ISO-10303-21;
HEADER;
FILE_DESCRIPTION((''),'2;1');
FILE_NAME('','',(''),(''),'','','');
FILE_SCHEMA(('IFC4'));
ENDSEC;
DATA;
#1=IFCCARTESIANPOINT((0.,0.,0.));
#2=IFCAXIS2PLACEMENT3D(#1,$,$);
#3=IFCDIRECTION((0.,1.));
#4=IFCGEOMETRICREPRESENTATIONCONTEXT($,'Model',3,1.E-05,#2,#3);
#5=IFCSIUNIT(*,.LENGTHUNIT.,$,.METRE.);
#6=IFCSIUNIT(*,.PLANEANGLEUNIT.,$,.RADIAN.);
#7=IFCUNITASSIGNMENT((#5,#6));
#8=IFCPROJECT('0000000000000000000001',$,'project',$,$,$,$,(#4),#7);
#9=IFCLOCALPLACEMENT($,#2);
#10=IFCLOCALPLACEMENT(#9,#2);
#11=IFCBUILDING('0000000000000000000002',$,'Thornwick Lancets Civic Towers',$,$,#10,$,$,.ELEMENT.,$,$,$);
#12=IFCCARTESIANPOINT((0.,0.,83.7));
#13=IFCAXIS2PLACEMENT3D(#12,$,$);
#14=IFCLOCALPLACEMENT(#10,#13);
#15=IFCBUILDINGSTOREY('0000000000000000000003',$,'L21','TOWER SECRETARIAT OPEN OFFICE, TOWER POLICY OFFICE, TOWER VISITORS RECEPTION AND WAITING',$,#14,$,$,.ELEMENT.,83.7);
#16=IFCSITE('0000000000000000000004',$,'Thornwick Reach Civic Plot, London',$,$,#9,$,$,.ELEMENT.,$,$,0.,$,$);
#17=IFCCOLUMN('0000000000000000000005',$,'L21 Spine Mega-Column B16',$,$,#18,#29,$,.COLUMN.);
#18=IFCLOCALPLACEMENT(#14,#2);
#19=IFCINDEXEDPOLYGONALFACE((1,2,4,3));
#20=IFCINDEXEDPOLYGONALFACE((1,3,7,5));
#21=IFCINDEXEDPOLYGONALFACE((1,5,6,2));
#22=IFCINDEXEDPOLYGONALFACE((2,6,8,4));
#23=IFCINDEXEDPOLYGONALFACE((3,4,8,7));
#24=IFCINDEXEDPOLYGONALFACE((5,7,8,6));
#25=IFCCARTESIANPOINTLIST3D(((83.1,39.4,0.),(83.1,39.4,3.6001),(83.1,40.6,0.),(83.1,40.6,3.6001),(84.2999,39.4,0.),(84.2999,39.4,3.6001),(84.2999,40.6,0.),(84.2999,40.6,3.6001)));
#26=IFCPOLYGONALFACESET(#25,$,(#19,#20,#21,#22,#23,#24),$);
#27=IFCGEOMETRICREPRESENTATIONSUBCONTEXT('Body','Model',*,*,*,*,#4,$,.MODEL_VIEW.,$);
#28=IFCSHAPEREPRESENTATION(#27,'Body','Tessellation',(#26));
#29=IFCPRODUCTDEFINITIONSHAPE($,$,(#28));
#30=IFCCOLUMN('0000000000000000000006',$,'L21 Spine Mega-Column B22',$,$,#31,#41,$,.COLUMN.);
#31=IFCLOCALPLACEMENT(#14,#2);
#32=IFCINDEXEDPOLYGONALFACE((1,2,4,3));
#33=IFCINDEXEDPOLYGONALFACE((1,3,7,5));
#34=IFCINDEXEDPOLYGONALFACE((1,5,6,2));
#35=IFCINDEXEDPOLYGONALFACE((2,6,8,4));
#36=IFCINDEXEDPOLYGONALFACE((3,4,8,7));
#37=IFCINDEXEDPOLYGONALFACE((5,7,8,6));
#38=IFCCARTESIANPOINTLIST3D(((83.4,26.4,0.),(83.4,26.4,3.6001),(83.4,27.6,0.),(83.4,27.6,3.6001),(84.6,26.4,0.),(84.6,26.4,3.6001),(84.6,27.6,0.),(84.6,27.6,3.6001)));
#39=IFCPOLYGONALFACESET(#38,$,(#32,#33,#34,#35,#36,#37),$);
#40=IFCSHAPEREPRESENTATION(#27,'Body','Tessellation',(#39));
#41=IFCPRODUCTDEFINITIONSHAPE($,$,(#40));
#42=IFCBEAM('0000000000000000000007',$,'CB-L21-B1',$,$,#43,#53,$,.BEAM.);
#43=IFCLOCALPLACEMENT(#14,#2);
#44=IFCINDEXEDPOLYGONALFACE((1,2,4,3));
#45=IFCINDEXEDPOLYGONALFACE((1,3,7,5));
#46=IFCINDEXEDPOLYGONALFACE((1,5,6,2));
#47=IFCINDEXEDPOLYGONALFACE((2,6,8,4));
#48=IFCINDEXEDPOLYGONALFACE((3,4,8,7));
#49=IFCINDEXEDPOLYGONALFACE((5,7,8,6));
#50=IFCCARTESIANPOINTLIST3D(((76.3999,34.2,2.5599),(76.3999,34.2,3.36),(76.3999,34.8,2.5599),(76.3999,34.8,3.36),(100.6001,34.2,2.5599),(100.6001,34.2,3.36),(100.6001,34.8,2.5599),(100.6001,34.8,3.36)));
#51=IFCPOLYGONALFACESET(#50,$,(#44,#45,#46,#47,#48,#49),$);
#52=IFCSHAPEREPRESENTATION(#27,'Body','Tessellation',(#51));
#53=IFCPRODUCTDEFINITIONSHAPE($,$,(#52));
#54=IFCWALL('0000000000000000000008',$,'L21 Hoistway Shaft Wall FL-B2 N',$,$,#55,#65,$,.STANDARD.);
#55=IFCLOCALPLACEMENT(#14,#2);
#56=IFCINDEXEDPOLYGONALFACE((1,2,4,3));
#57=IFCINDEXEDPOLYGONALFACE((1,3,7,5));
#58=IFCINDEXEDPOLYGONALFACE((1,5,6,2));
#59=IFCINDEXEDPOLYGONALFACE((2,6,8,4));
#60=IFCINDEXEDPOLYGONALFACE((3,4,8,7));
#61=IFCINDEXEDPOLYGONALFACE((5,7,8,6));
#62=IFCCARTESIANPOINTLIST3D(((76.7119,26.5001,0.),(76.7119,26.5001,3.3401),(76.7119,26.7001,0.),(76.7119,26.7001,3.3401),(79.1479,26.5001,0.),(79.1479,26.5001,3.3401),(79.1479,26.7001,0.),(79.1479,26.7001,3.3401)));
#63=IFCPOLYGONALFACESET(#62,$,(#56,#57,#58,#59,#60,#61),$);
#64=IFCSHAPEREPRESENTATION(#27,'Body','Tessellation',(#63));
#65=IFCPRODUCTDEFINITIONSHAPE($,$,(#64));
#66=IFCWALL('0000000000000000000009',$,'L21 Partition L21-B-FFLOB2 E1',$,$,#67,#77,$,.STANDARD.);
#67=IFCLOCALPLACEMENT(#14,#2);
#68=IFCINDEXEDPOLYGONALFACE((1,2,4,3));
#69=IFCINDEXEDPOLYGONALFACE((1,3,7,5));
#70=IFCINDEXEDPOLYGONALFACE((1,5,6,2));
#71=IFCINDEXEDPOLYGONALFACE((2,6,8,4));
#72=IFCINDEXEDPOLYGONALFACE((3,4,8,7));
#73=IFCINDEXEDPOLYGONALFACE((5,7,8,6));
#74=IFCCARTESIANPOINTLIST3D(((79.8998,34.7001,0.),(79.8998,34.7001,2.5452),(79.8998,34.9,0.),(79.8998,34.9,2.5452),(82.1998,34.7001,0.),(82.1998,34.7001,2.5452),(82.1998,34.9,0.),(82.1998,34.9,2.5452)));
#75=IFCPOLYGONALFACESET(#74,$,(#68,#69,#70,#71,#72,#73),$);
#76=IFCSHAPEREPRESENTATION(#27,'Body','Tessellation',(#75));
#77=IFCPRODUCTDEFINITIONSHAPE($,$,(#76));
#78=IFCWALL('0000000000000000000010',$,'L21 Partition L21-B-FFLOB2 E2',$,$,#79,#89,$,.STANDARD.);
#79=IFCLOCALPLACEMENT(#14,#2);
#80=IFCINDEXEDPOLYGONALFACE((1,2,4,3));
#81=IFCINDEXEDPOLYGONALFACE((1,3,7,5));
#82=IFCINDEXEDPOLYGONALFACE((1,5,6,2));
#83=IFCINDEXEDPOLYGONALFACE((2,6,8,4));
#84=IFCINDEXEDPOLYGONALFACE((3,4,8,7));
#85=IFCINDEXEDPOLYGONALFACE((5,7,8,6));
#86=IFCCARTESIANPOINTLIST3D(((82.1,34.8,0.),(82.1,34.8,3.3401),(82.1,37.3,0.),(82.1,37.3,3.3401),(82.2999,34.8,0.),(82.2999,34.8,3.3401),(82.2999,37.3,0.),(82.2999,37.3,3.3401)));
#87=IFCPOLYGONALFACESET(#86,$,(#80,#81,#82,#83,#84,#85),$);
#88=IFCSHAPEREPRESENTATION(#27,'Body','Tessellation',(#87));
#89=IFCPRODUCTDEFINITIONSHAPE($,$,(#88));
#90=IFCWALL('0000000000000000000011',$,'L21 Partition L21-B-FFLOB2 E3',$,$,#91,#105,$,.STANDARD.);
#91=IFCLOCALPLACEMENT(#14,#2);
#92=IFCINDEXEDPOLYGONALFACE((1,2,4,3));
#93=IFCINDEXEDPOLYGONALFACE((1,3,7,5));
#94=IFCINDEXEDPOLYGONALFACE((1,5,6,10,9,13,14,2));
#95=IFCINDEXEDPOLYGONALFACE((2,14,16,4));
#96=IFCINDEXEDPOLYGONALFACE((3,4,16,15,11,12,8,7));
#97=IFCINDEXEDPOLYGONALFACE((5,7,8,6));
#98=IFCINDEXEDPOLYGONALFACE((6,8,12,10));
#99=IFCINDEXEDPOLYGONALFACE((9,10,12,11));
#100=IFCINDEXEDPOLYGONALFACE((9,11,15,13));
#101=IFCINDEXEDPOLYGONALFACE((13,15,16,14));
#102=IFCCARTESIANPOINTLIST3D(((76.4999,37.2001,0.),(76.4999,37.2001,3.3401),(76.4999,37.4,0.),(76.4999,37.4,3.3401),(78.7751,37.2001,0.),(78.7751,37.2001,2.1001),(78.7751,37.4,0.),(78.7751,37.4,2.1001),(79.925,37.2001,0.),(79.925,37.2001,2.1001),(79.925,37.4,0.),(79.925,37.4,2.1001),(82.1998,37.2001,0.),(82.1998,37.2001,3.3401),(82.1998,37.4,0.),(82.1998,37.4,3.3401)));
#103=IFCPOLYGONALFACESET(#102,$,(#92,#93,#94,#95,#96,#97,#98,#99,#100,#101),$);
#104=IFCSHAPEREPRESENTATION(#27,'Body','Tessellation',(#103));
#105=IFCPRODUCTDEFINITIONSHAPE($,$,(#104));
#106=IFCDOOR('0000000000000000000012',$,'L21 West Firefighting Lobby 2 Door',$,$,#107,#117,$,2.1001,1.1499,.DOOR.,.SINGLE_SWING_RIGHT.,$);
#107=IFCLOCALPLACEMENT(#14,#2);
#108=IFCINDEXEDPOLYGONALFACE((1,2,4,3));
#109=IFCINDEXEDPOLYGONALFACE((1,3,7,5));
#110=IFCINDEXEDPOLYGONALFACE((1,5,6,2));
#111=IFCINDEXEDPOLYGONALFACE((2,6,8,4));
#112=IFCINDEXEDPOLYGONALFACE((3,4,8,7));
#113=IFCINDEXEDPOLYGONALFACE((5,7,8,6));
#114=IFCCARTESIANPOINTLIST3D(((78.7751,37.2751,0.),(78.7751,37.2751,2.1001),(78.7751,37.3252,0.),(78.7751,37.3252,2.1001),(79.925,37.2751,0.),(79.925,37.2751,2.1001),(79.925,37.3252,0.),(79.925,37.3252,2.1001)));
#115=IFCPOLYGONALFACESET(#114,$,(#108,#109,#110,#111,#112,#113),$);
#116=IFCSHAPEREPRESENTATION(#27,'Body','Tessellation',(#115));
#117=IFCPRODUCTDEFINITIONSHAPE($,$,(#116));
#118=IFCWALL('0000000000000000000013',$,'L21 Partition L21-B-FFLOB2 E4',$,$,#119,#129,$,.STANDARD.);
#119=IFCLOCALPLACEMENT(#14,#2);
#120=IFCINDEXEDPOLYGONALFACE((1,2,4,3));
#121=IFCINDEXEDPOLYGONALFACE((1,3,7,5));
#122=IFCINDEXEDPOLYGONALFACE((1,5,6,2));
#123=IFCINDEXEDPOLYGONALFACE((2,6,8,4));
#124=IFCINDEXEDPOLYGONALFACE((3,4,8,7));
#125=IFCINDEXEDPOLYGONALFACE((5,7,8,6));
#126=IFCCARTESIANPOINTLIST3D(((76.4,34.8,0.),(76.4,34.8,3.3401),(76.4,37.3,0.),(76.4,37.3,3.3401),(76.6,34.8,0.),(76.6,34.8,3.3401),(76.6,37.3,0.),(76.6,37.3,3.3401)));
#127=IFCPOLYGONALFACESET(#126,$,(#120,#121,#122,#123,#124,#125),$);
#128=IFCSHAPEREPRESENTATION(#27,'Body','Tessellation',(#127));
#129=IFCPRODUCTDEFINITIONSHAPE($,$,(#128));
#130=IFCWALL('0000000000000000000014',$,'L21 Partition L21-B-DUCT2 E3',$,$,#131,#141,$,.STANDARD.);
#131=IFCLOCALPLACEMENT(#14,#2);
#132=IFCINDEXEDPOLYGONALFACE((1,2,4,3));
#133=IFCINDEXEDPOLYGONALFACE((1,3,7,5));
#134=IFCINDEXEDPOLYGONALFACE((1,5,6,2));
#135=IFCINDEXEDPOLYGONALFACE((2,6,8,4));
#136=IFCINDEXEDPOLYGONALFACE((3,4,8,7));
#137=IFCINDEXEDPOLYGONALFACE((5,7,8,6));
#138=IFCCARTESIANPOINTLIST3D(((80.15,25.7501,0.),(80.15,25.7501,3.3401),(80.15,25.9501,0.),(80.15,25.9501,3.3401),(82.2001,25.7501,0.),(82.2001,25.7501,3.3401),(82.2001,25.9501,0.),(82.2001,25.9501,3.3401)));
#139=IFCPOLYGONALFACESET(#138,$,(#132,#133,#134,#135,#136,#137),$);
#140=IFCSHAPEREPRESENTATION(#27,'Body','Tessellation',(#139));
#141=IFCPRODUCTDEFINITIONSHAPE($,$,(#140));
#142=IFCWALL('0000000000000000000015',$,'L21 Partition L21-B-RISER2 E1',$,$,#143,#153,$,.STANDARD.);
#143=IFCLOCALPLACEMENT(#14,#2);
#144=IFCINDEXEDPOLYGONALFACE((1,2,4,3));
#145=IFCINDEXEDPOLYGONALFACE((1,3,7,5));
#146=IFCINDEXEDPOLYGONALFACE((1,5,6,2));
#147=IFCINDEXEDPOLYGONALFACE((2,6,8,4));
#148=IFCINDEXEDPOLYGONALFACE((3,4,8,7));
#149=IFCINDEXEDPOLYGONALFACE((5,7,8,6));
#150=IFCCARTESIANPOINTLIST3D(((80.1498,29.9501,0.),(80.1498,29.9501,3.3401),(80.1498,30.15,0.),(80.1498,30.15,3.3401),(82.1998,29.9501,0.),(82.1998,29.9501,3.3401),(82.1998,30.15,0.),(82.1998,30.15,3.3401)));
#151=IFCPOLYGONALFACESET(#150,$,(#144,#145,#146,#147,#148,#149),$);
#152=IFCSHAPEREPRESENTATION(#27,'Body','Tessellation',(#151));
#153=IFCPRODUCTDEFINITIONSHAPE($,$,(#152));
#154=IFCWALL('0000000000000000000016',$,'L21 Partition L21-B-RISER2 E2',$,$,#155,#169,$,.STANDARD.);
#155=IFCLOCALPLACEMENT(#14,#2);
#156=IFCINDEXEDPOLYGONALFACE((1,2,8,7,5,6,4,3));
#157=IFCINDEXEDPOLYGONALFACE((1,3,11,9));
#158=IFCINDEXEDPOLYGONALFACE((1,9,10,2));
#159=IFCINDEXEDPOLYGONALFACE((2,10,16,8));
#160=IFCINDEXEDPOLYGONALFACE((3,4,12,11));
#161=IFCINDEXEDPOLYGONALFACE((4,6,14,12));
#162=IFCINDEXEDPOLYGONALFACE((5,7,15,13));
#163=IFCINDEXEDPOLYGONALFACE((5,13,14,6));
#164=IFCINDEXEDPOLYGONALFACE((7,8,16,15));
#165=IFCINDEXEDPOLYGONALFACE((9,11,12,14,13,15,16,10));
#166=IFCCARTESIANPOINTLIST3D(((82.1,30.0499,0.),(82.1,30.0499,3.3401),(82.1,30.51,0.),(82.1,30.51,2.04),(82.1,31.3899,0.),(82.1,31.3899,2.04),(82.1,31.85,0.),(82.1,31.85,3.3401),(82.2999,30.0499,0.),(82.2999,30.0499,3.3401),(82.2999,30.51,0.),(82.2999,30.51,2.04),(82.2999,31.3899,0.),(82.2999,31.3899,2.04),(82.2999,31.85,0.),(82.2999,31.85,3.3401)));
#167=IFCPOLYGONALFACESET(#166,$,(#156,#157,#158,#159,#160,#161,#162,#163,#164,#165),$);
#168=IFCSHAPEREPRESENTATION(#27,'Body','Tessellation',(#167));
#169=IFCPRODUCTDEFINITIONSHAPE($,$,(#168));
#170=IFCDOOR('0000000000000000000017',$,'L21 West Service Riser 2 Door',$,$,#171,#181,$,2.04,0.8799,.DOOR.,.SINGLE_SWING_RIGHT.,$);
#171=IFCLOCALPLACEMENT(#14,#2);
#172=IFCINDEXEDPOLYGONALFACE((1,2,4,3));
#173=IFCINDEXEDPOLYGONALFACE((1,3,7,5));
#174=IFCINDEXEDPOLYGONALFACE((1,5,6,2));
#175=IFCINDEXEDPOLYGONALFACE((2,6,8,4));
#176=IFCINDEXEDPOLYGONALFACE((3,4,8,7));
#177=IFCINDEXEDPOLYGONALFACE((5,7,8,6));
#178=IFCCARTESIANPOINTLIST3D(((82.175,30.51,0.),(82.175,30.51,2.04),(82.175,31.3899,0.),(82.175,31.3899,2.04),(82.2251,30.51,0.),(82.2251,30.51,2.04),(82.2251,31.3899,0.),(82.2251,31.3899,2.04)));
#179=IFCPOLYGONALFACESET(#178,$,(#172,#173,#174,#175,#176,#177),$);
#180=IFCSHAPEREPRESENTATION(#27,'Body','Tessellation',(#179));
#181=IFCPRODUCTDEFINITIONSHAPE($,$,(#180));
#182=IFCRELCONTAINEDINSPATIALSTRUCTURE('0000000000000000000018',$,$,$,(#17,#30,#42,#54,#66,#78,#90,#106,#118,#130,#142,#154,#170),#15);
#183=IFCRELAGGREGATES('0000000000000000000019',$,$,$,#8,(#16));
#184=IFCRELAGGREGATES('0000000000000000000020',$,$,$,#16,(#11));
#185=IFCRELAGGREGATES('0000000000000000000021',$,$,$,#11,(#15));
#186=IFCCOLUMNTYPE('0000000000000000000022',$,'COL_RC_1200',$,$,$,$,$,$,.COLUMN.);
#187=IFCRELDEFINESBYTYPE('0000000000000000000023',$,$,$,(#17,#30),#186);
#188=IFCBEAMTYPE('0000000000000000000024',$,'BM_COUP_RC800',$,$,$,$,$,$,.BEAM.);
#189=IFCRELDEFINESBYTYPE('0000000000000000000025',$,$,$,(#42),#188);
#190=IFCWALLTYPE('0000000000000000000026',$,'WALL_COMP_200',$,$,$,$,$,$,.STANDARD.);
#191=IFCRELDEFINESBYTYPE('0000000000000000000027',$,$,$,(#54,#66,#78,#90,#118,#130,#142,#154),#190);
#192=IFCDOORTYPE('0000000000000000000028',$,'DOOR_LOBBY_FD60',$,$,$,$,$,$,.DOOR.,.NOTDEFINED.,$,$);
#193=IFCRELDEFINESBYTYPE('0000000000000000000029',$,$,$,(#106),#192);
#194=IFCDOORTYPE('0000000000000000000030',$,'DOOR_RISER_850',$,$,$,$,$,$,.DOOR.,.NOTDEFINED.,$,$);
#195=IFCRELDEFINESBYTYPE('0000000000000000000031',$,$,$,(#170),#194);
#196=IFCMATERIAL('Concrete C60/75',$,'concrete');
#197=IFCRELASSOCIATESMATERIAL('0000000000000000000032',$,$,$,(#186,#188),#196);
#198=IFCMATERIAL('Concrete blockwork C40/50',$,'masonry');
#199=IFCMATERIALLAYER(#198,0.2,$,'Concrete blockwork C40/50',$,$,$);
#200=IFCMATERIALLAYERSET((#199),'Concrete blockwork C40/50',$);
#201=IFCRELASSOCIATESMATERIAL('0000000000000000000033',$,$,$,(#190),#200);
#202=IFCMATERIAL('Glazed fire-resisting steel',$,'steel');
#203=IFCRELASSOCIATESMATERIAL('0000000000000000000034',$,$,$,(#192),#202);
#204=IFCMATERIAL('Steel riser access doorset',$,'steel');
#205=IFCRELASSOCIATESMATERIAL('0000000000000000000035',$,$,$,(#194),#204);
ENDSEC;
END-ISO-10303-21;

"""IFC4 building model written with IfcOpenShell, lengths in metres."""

from ifc_helpers import new_model, si_unit, direction, frame, frame_2d, origin, origin_2d, place, context, subcontext, project, spatial, rectangle, extrude, material, layer, layer_set, material_profile, profile_set, type_object, element, fill, save


model = new_model("IFC4")

# Units and contexts
model_context = context("Model", 3, precision=1e-05, world=origin(), true_north=direction((0.0, 1.0)))
body_context = subcontext(model_context, "Body", "Model", "MODEL_VIEW")
ifc_project = project(units=[si_unit("LENGTHUNIT", "METRE"), si_unit("PLANEANGLEUNIT", "RADIAN")], contexts=[model_context])

# Site, building, storey
site_placement = place(None, origin())
site = spatial("IfcSite", under=ifc_project, at=site_placement, Name="Thornwick Reach Civic Plot, London", CompositionType="ELEMENT", RefElevation=0.0)
building_placement = place(site_placement, origin())
building = spatial("IfcBuilding", under=site, at=building_placement, Name="Thornwick Lancets Civic Towers", CompositionType="ELEMENT")
storey_placement = place(building_placement, frame((0.0, 0.0, 83.7)))
storey = spatial("IfcBuildingStorey", under=building, at=storey_placement, Name="L21", Description="TOWER SECRETARIAT OPEN OFFICE, TOWER POLICY OFFICE, TOWER VISITORS RECEPTION AND WAITING", CompositionType="ELEMENT", Elevation=83.7)

# Columns
ifc_material_1 = material(Name="Concrete C60/75", Category="concrete")
ifc_material_profile_1 = material_profile(ifc_material_1, rectangle(XDim=1.2, YDim=1.2, at=origin_2d()), Name="RC 1200x1200")
ifc_profile_set_1 = profile_set([ifc_material_profile_1], Name="Concrete C60/75")
column_type = type_object("IfcColumnType", Name="COL_RC_1200", PredefinedType="COLUMN", material=ifc_profile_set_1)
for number, where, z_axis, x_axis, name in (
    (1, (83.7, 40.0, 0.0), (0.0, 0.0, 1.0), (1.0, 0.0, 0.0), "L21 Spine Mega-Column B16"),
    (2, (84.0, 27.0, 0.0), (0.0, 0.0, 1.0), (1.0, 0.0, 0.0), "L21 Spine Mega-Column B22"),
):
    element("IfcColumn", number, at=place(storey_placement, frame(where, z_axis=z_axis, x_axis=x_axis)), inside=storey, type_object=column_type, Name=name, PredefinedType="COLUMN", context=body_context, shape_type="SweptSolid", body=[
        extrude(rectangle(XDim=1.2, YDim=1.2, at=origin_2d()), origin(), (0.0, 0.0, 1.0), 3.6001),
    ])

# Beam
ifc_material_profile_2 = material_profile(ifc_material_1, rectangle(XDim=0.6001, YDim=0.8, at=origin_2d()), Name="RC 600x800")
ifc_profile_set_2 = profile_set([ifc_material_profile_2], Name="Concrete C60/75")
beam_type = type_object("IfcBeamType", Name="BM_COUP_RC800", PredefinedType="BEAM", material=ifc_profile_set_2)
beam_placement = place(storey_placement, frame((76.3999, 34.5, 2.96), z_axis=(1.0, 0.0, 0.0), x_axis=(0.0, 1.0, 0.0)))
element("IfcBeam", 3, at=beam_placement, inside=storey, type_object=beam_type, Name="CB-L21-B1", PredefinedType="BEAM", context=body_context, shape_type="SweptSolid", body=[
    extrude(rectangle(XDim=0.6001, YDim=0.8, at=origin_2d()), origin(), (0.0, 0.0, 1.0), 24.2002),
])

# Walls
ifc_material_2 = material(Name="Concrete blockwork C40/50", Category="masonry")
ifc_layer_1 = layer(ifc_material_2, 0.2, Name="Concrete blockwork C40/50")
ifc_layer_set_1 = layer_set([ifc_layer_1], Name="Concrete blockwork C40/50")
wall_type_1 = type_object("IfcWallType", Name="WALL_COMP_200", PredefinedType="STANDARD", material=ifc_layer_set_1)
wall_1_placement = place(storey_placement, frame((76.7119, 26.6001, 0.0), z_axis=(0.0, 0.0, 1.0), x_axis=(1.0, 0.0, 0.0)))
element("IfcWall", 4, at=wall_1_placement, inside=storey, type_object=wall_type_1, Name="L21 Hoistway Shaft Wall FL-B2 N", PredefinedType="STANDARD", context=body_context, shape_type="SweptSolid", body=[
    extrude(rectangle(XDim=2.436, YDim=0.2, at=frame_2d((1.218, 0.0))), origin(), (0.0, 0.0, 1.0), 3.3401),
])
wall_2_placement = place(storey_placement, frame((79.8999, 34.8, 0.0), z_axis=(0.0, 0.0, 1.0), x_axis=(1.0, 0.0, 0.0)))
element("IfcWall", 5, at=wall_2_placement, inside=storey, type_object=wall_type_1, Name="L21 Partition L21-B-FFLOB2 E1", PredefinedType="STANDARD", context=body_context, shape_type="SweptSolid", body=[
    extrude(rectangle(XDim=2.3, YDim=0.2, at=frame_2d((1.1499, 0.0))), origin(), (0.0, 0.0, 1.0), 2.5452),
])
wall_3_placement = place(storey_placement, frame((82.2, 34.8, 0.0), z_axis=(0.0, 0.0, 1.0), x_axis=(0.0, 1.0, 0.0)))
element("IfcWall", 6, at=wall_3_placement, inside=storey, type_object=wall_type_1, Name="L21 Partition L21-B-FFLOB2 E2", PredefinedType="STANDARD", context=body_context, shape_type="SweptSolid", body=[
    extrude(rectangle(XDim=2.5, YDim=0.2, at=frame_2d((1.25, 0.0))), origin(), (0.0, 0.0, 1.0), 3.3401),
])

# Wall, opening, door
wall_4_placement = place(storey_placement, frame((82.2, 37.3, 0.0), z_axis=(0.0, 0.0, 1.0), x_axis=(-1.0, 0.0, 0.0)))
wall_4 = element("IfcWall", 7, at=wall_4_placement, inside=storey, type_object=wall_type_1, Name="L21 Partition L21-B-FFLOB2 E3", PredefinedType="STANDARD", context=body_context, shape_type="SweptSolid", body=[
    extrude(rectangle(XDim=5.7, YDim=0.2, at=frame_2d((2.8501, 0.0))), origin(), (0.0, 0.0, 1.0), 3.3401),
])
opening_1_placement = place(wall_4_placement, frame((2.2749, 0.0, 0.0)))
opening_1 = element("IfcOpeningElement", 8, at=opening_1_placement, cuts=wall_4, PredefinedType="OPENING", context=body_context, shape_type="SweptSolid", body=[
    extrude(rectangle(XDim=1.1499, YDim=2.1001, at=frame_2d((0.575, 1.05))), frame((0.0, 0.1099, 0.0), z_axis=(0.0, -1.0, 0.0), x_axis=(1.0, 0.0, 0.0)), (0.0, 0.0, 1.0), 0.22),
])
ifc_material_3 = material(Name="Glazed fire-resisting steel", Category="steel")
door_type_1 = type_object("IfcDoorType", Name="DOOR_LOBBY_FD60", OperationType="NOTDEFINED", PredefinedType="DOOR", material=ifc_material_3)
door_1_placement = place(opening_1_placement, origin())
door_1 = element("IfcDoor", 9, at=door_1_placement, inside=storey, type_object=door_type_1, Name="L21 West Firefighting Lobby 2 Door", OperationType="SINGLE_SWING_RIGHT", OverallHeight=2.1001, OverallWidth=1.1499, PredefinedType="DOOR", context=body_context, shape_type="SweptSolid", body=[
    extrude(rectangle(XDim=1.1499, YDim=2.1001, at=frame_2d((0.575, 1.05))), frame((0.0, 0.0249, 0.0), z_axis=(0.0, -1.0, 0.0), x_axis=(1.0, 0.0, 0.0)), (0.0, 0.0, 1.0), 0.05),
])
fill(opening_1, door_1)

# Walls
wall_5_placement = place(storey_placement, frame((76.5, 37.3, 0.0), z_axis=(0.0, 0.0, 1.0), x_axis=(0.0, -1.0, 0.0)))
element("IfcWall", 10, at=wall_5_placement, inside=storey, type_object=wall_type_1, Name="L21 Partition L21-B-FFLOB2 E4", PredefinedType="STANDARD", context=body_context, shape_type="SweptSolid", body=[
    extrude(rectangle(XDim=2.5, YDim=0.2, at=frame_2d((1.25, 0.0))), origin(), (0.0, 0.0, 1.0), 3.3401),
])
for number, where, z_axis, x_axis, name in (
    (11, (82.2, 25.8501, 0.0), (0.0, 0.0, 1.0), (-1.0, 0.0, 0.0), "L21 Partition L21-B-DUCT2 E3"),
    (12, (80.1499, 30.05, 0.0), (0.0, 0.0, 1.0), (1.0, 0.0, 0.0), "L21 Partition L21-B-RISER2 E1"),
):
    element("IfcWall", number, at=place(storey_placement, frame(where, z_axis=z_axis, x_axis=x_axis)), inside=storey, type_object=wall_type_1, Name=name, PredefinedType="STANDARD", context=body_context, shape_type="SweptSolid", body=[
        extrude(rectangle(XDim=2.05, YDim=0.2, at=frame_2d((1.0249, 0.0))), origin(), (0.0, 0.0, 1.0), 3.3401),
    ])

# Wall, opening, door
wall_6_placement = place(storey_placement, frame((82.2, 30.05, 0.0), z_axis=(0.0, 0.0, 1.0), x_axis=(0.0, 1.0, 0.0)))
wall_6 = element("IfcWall", 13, at=wall_6_placement, inside=storey, type_object=wall_type_1, Name="L21 Partition L21-B-RISER2 E2", PredefinedType="STANDARD", context=body_context, shape_type="SweptSolid", body=[
    extrude(rectangle(XDim=1.8, YDim=0.2, at=frame_2d((0.8999, 0.0))), origin(), (0.0, 0.0, 1.0), 3.3401),
])
opening_2_placement = place(wall_6_placement, frame((0.46, 0.0, 0.0)))
opening_2 = element("IfcOpeningElement", 14, at=opening_2_placement, cuts=wall_6, PredefinedType="OPENING", context=body_context, shape_type="SweptSolid", body=[
    extrude(rectangle(XDim=0.8799, YDim=2.04, at=frame_2d((0.4399, 1.02))), frame((0.0, 0.1099, 0.0), z_axis=(0.0, -1.0, 0.0), x_axis=(1.0, 0.0, 0.0)), (0.0, 0.0, 1.0), 0.22),
])
ifc_material_4 = material(Name="Steel riser access doorset", Category="steel")
door_type_2 = type_object("IfcDoorType", Name="DOOR_RISER_850", OperationType="NOTDEFINED", PredefinedType="DOOR", material=ifc_material_4)
door_2_placement = place(opening_2_placement, origin())
door_2 = element("IfcDoor", 15, at=door_2_placement, inside=storey, type_object=door_type_2, Name="L21 West Service Riser 2 Door", OperationType="SINGLE_SWING_RIGHT", OverallHeight=2.04, OverallWidth=0.8799, PredefinedType="DOOR", context=body_context, shape_type="SweptSolid", body=[
    extrude(rectangle(XDim=0.8799, YDim=2.04, at=frame_2d((0.4399, 1.02))), frame((0.0, 0.0249, 0.0), z_axis=(0.0, -1.0, 0.0), x_axis=(1.0, 0.0, 0.0)), (0.0, 0.0, 1.0), 0.05),
])
fill(opening_2, door_2)

save(model, "model.ifc")
